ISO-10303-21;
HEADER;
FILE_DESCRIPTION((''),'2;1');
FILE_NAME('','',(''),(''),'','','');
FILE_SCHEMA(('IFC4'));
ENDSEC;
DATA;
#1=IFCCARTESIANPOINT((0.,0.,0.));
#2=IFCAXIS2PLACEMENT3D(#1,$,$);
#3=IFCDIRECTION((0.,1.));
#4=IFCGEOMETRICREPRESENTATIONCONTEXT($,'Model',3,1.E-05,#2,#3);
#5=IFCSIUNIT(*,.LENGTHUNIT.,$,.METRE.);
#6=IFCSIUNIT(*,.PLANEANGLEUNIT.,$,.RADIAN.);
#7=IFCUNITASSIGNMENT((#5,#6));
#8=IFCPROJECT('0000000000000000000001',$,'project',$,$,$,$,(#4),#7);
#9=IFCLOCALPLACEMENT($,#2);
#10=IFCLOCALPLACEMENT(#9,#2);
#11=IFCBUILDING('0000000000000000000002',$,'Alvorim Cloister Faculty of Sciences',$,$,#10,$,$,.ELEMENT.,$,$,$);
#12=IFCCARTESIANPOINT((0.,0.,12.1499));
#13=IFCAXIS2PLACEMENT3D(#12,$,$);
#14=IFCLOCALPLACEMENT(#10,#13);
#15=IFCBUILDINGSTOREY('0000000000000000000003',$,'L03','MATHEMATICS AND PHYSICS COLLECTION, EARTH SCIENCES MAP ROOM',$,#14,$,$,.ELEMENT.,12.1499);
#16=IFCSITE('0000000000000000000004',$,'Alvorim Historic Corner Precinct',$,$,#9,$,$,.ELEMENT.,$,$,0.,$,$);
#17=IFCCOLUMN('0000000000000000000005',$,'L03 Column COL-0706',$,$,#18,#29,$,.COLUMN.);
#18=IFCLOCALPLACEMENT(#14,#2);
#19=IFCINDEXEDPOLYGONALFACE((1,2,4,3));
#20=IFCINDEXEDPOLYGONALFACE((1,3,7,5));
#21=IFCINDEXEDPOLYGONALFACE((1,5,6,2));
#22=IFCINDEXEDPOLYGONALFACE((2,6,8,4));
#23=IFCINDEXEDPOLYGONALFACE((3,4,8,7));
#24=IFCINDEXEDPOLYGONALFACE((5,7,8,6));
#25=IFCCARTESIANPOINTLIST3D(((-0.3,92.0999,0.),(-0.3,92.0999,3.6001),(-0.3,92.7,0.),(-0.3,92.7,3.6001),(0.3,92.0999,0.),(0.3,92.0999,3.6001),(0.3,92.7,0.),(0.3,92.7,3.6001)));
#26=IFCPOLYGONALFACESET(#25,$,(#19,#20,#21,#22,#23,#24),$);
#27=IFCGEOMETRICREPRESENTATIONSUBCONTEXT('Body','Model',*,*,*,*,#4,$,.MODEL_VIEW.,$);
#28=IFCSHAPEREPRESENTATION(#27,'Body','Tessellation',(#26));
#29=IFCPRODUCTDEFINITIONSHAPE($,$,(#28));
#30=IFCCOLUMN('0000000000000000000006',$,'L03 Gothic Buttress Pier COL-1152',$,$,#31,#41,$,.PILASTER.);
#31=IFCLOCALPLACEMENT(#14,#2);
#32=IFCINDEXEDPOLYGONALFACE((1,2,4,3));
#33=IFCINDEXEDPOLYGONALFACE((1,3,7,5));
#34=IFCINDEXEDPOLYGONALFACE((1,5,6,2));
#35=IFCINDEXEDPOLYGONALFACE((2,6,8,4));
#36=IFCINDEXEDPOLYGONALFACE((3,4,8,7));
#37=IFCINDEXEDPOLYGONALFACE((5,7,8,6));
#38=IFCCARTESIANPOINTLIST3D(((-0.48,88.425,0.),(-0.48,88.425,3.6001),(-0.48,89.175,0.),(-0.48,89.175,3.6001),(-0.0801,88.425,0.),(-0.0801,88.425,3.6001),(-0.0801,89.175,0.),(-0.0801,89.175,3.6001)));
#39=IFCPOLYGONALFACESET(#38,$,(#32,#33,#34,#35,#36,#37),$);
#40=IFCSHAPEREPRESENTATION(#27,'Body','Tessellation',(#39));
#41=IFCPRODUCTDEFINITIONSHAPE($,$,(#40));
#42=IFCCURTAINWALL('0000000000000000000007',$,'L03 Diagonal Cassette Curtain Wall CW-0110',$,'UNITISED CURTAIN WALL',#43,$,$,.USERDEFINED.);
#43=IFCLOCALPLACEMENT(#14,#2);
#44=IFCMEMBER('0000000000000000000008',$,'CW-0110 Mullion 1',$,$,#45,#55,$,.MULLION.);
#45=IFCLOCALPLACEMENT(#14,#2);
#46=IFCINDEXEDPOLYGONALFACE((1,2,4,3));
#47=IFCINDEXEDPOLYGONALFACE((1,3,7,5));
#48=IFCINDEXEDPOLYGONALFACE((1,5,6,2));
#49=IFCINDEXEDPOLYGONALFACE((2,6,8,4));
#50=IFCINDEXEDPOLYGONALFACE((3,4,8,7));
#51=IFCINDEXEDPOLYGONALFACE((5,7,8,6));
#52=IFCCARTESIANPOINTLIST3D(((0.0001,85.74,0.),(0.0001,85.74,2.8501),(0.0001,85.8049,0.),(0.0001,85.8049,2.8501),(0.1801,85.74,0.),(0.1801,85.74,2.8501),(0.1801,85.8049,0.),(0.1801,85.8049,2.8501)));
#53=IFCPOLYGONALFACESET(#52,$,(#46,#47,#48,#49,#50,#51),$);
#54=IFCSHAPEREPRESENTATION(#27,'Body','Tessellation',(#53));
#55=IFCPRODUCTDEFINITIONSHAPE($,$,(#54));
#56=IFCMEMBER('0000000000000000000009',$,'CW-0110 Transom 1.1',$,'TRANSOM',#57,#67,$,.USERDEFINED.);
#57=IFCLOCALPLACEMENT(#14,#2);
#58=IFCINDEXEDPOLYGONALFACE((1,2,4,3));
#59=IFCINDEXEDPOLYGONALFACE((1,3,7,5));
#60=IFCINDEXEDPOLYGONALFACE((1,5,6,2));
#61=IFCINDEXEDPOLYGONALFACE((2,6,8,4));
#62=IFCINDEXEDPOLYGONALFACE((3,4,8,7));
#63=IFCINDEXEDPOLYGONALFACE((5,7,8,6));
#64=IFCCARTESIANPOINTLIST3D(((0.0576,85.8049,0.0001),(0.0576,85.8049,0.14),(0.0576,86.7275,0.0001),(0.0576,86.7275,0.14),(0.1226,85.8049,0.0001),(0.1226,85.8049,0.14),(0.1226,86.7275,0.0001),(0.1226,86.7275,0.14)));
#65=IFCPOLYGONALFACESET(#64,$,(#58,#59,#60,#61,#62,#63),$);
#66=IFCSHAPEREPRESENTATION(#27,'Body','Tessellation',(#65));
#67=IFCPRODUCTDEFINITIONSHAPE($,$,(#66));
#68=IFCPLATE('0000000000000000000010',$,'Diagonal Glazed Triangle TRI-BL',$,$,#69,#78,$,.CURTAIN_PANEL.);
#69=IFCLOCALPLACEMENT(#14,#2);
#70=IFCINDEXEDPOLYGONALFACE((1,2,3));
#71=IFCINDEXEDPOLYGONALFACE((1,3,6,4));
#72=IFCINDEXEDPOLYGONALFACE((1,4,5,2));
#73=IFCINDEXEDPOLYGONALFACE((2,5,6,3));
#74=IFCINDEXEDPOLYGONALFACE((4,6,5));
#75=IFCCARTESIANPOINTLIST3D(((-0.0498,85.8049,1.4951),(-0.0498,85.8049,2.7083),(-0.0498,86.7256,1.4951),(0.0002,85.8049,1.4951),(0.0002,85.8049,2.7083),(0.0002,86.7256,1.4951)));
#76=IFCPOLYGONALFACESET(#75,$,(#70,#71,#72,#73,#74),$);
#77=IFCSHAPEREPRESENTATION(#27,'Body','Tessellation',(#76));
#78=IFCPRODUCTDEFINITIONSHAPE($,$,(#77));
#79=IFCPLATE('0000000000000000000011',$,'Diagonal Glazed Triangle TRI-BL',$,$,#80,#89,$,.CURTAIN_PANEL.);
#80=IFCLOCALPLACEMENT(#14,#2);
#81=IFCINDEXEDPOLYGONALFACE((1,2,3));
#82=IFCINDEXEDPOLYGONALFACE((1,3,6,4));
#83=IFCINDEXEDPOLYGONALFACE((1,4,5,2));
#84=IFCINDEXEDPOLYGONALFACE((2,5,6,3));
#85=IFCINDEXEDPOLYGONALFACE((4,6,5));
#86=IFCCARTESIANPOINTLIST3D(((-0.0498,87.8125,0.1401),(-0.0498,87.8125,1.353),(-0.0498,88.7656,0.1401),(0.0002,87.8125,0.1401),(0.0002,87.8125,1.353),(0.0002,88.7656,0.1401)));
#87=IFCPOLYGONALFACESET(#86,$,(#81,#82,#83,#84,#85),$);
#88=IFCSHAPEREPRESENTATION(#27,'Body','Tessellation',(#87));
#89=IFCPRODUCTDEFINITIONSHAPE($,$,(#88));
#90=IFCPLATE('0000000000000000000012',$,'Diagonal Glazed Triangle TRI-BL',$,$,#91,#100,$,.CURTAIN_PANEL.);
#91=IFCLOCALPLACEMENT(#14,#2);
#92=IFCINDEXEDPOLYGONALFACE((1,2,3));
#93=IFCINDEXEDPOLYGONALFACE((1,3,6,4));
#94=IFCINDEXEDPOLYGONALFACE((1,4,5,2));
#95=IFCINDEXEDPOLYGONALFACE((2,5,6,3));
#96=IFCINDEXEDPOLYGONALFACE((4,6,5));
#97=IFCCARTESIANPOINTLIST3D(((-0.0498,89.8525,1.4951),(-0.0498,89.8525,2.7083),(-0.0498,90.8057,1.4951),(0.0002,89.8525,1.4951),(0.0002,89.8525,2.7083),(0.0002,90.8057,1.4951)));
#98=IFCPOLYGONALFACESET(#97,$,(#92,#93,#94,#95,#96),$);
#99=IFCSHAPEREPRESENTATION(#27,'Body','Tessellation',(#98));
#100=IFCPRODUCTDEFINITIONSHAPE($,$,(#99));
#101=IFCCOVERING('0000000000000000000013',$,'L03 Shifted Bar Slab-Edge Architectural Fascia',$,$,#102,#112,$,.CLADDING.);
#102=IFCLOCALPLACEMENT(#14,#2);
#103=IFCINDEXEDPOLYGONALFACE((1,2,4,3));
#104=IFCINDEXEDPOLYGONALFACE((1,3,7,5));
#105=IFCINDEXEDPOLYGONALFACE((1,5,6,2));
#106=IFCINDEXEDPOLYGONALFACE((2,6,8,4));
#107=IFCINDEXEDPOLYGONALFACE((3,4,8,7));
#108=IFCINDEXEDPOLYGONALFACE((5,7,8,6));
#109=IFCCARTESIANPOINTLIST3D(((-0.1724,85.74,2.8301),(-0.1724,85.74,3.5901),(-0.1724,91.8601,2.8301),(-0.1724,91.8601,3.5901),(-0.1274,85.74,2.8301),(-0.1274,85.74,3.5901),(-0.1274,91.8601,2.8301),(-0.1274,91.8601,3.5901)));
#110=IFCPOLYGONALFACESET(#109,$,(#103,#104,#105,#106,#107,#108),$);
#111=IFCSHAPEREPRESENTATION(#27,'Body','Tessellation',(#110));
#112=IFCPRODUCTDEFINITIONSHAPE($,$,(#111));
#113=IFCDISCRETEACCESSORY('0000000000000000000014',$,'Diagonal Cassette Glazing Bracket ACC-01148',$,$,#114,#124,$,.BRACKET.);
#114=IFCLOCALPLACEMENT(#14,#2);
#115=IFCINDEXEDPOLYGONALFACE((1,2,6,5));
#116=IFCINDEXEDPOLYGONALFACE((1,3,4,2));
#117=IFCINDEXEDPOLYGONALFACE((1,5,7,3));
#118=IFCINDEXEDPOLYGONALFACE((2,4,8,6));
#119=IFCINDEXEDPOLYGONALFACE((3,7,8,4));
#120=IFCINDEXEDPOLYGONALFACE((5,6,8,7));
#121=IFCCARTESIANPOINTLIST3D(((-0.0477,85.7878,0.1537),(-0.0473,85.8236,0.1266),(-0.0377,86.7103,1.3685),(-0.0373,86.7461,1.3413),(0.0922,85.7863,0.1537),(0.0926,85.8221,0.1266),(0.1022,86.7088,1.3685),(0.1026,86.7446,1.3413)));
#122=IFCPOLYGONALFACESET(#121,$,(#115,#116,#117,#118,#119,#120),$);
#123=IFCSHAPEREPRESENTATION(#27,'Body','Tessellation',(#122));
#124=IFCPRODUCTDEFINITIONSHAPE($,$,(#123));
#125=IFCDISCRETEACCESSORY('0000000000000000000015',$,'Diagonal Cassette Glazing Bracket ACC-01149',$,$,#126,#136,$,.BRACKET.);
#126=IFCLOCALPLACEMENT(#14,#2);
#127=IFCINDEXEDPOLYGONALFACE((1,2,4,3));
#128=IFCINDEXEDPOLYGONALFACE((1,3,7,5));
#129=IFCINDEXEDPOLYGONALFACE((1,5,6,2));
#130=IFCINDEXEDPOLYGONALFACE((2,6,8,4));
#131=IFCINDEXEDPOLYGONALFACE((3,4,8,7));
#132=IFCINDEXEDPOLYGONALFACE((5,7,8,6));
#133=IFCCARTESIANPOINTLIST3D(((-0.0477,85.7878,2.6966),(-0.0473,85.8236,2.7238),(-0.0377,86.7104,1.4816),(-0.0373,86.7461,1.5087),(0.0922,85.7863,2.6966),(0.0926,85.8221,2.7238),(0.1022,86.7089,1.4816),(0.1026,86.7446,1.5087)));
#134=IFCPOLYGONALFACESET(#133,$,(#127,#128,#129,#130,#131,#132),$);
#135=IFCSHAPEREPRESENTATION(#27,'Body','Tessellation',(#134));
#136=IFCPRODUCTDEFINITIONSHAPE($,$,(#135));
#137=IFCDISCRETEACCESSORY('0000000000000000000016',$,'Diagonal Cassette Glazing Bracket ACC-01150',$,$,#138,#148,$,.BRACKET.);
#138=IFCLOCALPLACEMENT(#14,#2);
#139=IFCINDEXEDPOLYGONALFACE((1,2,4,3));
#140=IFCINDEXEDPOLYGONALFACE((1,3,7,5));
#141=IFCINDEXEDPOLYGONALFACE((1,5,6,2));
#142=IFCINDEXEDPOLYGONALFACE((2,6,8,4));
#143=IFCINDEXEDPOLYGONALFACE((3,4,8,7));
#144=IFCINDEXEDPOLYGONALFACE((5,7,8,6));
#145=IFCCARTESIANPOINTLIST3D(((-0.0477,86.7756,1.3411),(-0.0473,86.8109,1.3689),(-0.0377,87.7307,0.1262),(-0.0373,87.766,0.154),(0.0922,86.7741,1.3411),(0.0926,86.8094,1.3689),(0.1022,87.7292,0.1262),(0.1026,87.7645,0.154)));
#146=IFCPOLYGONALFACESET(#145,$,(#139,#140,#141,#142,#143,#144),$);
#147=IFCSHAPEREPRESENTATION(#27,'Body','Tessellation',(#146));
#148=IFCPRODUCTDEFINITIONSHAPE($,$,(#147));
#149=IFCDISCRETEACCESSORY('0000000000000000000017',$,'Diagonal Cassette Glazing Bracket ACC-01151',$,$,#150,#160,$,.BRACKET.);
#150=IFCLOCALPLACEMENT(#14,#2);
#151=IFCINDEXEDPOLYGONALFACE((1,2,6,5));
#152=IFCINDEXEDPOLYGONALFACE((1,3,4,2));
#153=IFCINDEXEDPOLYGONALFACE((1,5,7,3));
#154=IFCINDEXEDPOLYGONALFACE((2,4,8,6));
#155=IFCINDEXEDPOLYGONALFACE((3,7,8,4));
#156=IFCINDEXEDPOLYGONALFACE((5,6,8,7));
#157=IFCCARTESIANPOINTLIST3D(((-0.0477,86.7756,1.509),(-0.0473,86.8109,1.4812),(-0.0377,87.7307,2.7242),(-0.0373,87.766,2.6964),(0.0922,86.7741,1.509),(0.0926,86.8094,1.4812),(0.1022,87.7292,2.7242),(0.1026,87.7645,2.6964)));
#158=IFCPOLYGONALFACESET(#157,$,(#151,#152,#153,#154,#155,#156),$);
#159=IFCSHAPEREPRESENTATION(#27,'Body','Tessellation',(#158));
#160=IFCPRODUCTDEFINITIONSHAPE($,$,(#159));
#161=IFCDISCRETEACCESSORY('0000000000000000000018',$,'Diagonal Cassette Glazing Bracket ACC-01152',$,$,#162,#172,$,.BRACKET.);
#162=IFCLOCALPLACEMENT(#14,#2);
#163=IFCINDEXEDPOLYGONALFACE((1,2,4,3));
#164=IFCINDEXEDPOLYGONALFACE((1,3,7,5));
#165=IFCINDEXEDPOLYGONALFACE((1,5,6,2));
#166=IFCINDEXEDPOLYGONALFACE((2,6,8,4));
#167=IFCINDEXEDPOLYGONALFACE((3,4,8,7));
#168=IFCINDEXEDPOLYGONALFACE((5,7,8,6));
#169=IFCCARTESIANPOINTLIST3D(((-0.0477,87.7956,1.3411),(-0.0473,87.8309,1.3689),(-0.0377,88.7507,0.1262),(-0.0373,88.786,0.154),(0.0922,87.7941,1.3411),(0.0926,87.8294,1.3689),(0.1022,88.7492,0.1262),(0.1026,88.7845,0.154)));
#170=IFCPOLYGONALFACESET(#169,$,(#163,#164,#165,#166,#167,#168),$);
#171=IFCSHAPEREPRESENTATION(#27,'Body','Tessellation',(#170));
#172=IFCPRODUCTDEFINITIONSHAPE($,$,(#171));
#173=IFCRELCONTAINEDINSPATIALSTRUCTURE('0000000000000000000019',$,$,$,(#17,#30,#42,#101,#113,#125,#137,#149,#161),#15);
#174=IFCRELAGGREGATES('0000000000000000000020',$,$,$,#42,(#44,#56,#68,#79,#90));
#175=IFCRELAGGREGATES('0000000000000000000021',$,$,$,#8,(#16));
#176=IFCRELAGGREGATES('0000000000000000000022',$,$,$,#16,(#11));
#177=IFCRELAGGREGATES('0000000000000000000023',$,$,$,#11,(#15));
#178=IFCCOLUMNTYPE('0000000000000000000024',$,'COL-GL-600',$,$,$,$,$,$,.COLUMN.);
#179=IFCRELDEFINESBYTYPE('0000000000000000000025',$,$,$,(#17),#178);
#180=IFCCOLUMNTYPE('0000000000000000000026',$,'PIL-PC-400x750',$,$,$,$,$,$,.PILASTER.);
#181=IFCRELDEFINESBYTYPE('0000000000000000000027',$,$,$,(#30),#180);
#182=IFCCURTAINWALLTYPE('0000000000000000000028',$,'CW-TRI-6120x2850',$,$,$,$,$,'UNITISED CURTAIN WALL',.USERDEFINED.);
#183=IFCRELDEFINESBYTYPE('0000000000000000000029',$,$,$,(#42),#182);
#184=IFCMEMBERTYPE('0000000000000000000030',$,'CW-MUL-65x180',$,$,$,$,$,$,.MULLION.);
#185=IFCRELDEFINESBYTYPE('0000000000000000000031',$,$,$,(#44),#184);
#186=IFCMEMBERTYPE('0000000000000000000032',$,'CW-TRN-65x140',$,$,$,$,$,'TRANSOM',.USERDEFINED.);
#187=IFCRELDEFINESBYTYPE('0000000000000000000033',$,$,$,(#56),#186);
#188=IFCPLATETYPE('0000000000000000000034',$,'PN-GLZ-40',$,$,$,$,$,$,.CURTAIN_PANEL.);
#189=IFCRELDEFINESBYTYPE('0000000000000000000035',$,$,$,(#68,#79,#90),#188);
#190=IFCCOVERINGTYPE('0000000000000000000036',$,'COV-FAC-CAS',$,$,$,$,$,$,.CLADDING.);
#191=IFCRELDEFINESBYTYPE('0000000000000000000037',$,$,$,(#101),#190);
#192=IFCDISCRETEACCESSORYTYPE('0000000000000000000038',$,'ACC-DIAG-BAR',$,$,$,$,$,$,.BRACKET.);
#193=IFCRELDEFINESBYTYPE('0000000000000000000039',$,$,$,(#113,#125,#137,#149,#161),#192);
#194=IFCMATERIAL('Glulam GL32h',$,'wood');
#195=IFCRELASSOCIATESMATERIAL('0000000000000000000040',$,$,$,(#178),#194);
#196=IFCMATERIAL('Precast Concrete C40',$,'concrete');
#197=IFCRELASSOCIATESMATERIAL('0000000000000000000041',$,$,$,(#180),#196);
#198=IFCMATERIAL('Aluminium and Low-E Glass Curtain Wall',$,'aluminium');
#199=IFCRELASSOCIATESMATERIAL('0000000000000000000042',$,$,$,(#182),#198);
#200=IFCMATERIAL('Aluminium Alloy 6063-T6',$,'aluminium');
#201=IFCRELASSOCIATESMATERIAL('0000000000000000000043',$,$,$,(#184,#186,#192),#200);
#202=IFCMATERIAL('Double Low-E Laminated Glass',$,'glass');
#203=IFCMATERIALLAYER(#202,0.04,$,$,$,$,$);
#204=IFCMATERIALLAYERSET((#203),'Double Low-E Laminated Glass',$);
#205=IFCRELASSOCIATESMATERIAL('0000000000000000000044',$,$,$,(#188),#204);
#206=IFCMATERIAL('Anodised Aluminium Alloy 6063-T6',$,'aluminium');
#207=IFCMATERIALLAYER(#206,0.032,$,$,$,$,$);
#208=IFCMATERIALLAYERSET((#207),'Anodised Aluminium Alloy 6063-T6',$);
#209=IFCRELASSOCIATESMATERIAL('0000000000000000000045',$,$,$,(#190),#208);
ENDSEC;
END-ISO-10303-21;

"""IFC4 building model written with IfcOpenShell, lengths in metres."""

from ifc_helpers import new_model, si_unit, direction, frame, origin, origin_2d, place, context, subcontext, project, spatial, polyline, rectangle, outline, extrude, material, layer, layer_set, material_profile, profile_set, type_object, element, aggregate, save


model = new_model("IFC4")

# Units and contexts
model_context = context("Model", 3, precision=1e-05, world=origin(), true_north=direction((0.0, 1.0)))
body_context = subcontext(model_context, "Body", "Model", "MODEL_VIEW")
ifc_project = project(units=[si_unit("LENGTHUNIT", "METRE"), si_unit("PLANEANGLEUNIT", "RADIAN")], contexts=[model_context])

# Site, building, storey
site_placement = place(None, origin())
site = spatial("IfcSite", under=ifc_project, at=site_placement, Name="Alvorim Historic Corner Precinct", CompositionType="ELEMENT", RefElevation=0.0)
building_placement = place(site_placement, origin())
building = spatial("IfcBuilding", under=site, at=building_placement, Name="Alvorim Cloister Faculty of Sciences", CompositionType="ELEMENT")
storey_placement = place(building_placement, frame((0.0, 0.0, 12.1499)))
storey = spatial("IfcBuildingStorey", under=building, at=storey_placement, Name="L03", Description="MATHEMATICS AND PHYSICS COLLECTION, EARTH SCIENCES MAP ROOM", CompositionType="ELEMENT", Elevation=12.1499)

# Columns
ifc_material_1 = material(Name="Glulam GL32h", Category="wood")
ifc_material_profile_1 = material_profile(ifc_material_1, rectangle(XDim=0.6001, YDim=0.6001, at=origin_2d()), Name="GL32-COL-600x600")
ifc_profile_set_1 = profile_set([ifc_material_profile_1], Name="Glulam GL32h")
column_type_1 = type_object("IfcColumnType", Name="COL-GL-600", PredefinedType="COLUMN", material=ifc_profile_set_1)
column_1_placement = place(storey_placement, frame((0.0, 92.3999, 0.0), z_axis=(0.0, 0.0, 1.0), x_axis=(1.0, 0.0, 0.0)))
element("IfcColumn", 1, at=column_1_placement, inside=storey, type_object=column_type_1, Name="L03 Column COL-0706", PredefinedType="COLUMN", context=body_context, shape_type="SweptSolid", body=[
    extrude(rectangle(XDim=0.6001, YDim=0.6001, at=origin_2d()), origin(), (0.0, 0.0, 1.0), 3.6001),
])
ifc_material_2 = material(Name="Precast Concrete C40", Category="concrete")
ifc_material_profile_2 = material_profile(ifc_material_2, rectangle(XDim=0.3999, YDim=0.75, at=origin_2d()), Name="RC40-PIL-400x750")
ifc_profile_set_2 = profile_set([ifc_material_profile_2], Name="Precast Concrete C40")
column_type_2 = type_object("IfcColumnType", Name="PIL-PC-400x750", PredefinedType="PILASTER", material=ifc_profile_set_2)
column_2_placement = place(storey_placement, frame((-0.28, 88.8, 0.0), z_axis=(0.0, 0.0, 1.0), x_axis=(1.0, 0.0, 0.0)))
element("IfcColumn", 2, at=column_2_placement, inside=storey, type_object=column_type_2, Name="L03 Gothic Buttress Pier COL-1152", PredefinedType="PILASTER", context=body_context, shape_type="SweptSolid", body=[
    extrude(rectangle(XDim=0.3999, YDim=0.75, at=origin_2d()), origin(), (0.0, 0.0, 1.0), 3.6001),
])

# Curtain wall, members, plates
ifc_material_3 = material(Name="Aluminium and Low-E Glass Curtain Wall", Category="aluminium")
curtain_wall_type = type_object("IfcCurtainWallType", Name="CW-TRI-6120x2850", ElementType="UNITISED CURTAIN WALL", PredefinedType="USERDEFINED", material=ifc_material_3)
curtain_wall_placement = place(storey_placement, origin())
curtain_wall = element("IfcCurtainWall", 3, at=curtain_wall_placement, inside=storey, type_object=curtain_wall_type, Name="L03 Diagonal Cassette Curtain Wall CW-0110", ObjectType="UNITISED CURTAIN WALL", PredefinedType="USERDEFINED")
ifc_material_4 = material(Name="Aluminium Alloy 6063-T6", Category="aluminium")
ifc_material_profile_3 = material_profile(ifc_material_4, rectangle(XDim=0.0649, YDim=0.1799, at=origin_2d()), Name="ALU-MUL-65x180")
ifc_profile_set_3 = profile_set([ifc_material_profile_3], Name="Aluminium Alloy 6063-T6")
member_type_1 = type_object("IfcMemberType", Name="CW-MUL-65x180", PredefinedType="MULLION", material=ifc_profile_set_3)
member_1_placement = place(storey_placement, frame((0.0901, 85.7725, 0.0), z_axis=(0.0, 0.0, 1.0), x_axis=(0.0, 1.0, 0.0)))
member_1 = element("IfcMember", 4, at=member_1_placement, type_object=member_type_1, Name="CW-0110 Mullion 1", PredefinedType="MULLION", context=body_context, shape_type="SweptSolid", body=[
    extrude(rectangle(XDim=0.0649, YDim=0.1799, at=origin_2d()), origin(), (0.0, 0.0, 1.0), 2.8501),
])
ifc_material_profile_4 = material_profile(ifc_material_4, rectangle(XDim=0.0649, YDim=0.1399, at=origin_2d()), Name="ALU-TRN-65x140")
ifc_profile_set_4 = profile_set([ifc_material_profile_4], Name="Aluminium Alloy 6063-T6")
member_type_2 = type_object("IfcMemberType", Name="CW-TRN-65x140", ElementType="TRANSOM", PredefinedType="USERDEFINED", material=ifc_profile_set_4)
member_2_placement = place(storey_placement, frame((0.0901, 85.8049, 0.0701), z_axis=(0.0, 1.0, 0.0), x_axis=(-1.0, 0.0, 0.0)))
member_2 = element("IfcMember", 5, at=member_2_placement, type_object=member_type_2, Name="CW-0110 Transom 1.1", ObjectType="TRANSOM", PredefinedType="USERDEFINED", context=body_context, shape_type="SweptSolid", body=[
    extrude(rectangle(XDim=0.0649, YDim=0.1399, at=origin_2d()), origin(), (0.0, 0.0, 1.0), 0.9226),
])
ifc_material_5 = material(Name="Double Low-E Laminated Glass", Category="glass")
ifc_layer_1 = layer(ifc_material_5, 0.04)
ifc_layer_set_1 = layer_set([ifc_layer_1], Name="Double Low-E Laminated Glass")
plate_type = type_object("IfcPlateType", Name="PN-GLZ-40", PredefinedType="CURTAIN_PANEL", material=ifc_layer_set_1)
plate_1_placement = place(storey_placement, frame((-0.0249, 85.8049, 1.4951), z_axis=(0.0, 0.0, 1.0), x_axis=(0.0, 1.0, 0.0)))
plate_1 = element("IfcPlate", 6, at=plate_1_placement, type_object=plate_type, Name="Diagonal Glazed Triangle TRI-BL", PredefinedType="CURTAIN_PANEL", context=body_context, shape_type="SweptSolid", body=[
    extrude(outline(polyline([(0.0, 0.0), (0.9207, 0.0), (0.0, 1.2131), (0.0, 0.0)])), frame((0.0, 0.0249, 0.0), z_axis=(0.0, -1.0, 0.0), x_axis=(1.0, 0.0, 0.0)), (0.0, 0.0, 1.0), 0.05),
])
plate_2_placement = place(storey_placement, frame((-0.0249, 87.8125, 0.1401), z_axis=(0.0, 0.0, 1.0), x_axis=(0.0, 1.0, 0.0)))
plate_2 = element("IfcPlate", 7, at=plate_2_placement, type_object=plate_type, Name="Diagonal Glazed Triangle TRI-BL", PredefinedType="CURTAIN_PANEL", context=body_context, shape_type="SweptSolid", body=[
    extrude(outline(polyline([(0.0, 0.0), (0.9531, 0.0), (0.0, 1.2129), (0.0, 0.0)])), frame((0.0, 0.0249, 0.0), z_axis=(0.0, -1.0, 0.0), x_axis=(1.0, 0.0, 0.0)), (0.0, 0.0, 1.0), 0.05),
])
plate_3_placement = place(storey_placement, frame((-0.0249, 89.8525, 1.4951), z_axis=(0.0, 0.0, 1.0), x_axis=(0.0, 1.0, 0.0)))
plate_3 = element("IfcPlate", 8, at=plate_3_placement, type_object=plate_type, Name="Diagonal Glazed Triangle TRI-BL", PredefinedType="CURTAIN_PANEL", context=body_context, shape_type="SweptSolid", body=[
    extrude(outline(polyline([(0.0, 0.0), (0.9531, 0.0), (0.0, 1.2131), (0.0, 0.0)])), frame((0.0, 0.0249, 0.0), z_axis=(0.0, -1.0, 0.0), x_axis=(1.0, 0.0, 0.0)), (0.0, 0.0, 1.0), 0.05),
])
aggregate(curtain_wall, [member_1, member_2, plate_1, plate_2, plate_3])

# Covering
ifc_material_6 = material(Name="Anodised Aluminium Alloy 6063-T6", Category="aluminium")
ifc_layer_2 = layer(ifc_material_6, 0.032)
ifc_layer_set_2 = layer_set([ifc_layer_2], Name="Anodised Aluminium Alloy 6063-T6")
covering_type = type_object("IfcCoveringType", Name="COV-FAC-CAS", PredefinedType="CLADDING", material=ifc_layer_set_2)
covering_placement = place(storey_placement, frame((-0.1499, 85.74, 2.8301), z_axis=(0.0, 0.0, 1.0), x_axis=(0.0, 1.0, 0.0)))
element("IfcCovering", 9, at=covering_placement, inside=storey, type_object=covering_type, Name="L03 Shifted Bar Slab-Edge Architectural Fascia", PredefinedType="CLADDING", context=body_context, shape_type="SweptSolid", body=[
    extrude(outline(polyline([(0.0, 0.0), (6.1201, 0.0), (6.1201, 0.76), (0.0, 0.76), (0.0, 0.0)])), frame((0.0, 0.0225, 0.0), z_axis=(0.0, -1.0, 0.0), x_axis=(1.0, 0.0, 0.0)), (0.0, 0.0, 1.0), 0.0449),
])

# Discrete accessories
discrete_accessory_type = type_object("IfcDiscreteAccessoryType", Name="ACC-DIAG-BAR", PredefinedType="BRACKET", material=ifc_material_4)
discrete_accessory_1_placement = place(storey_placement, frame((0.0225, 85.8049, 0.1401), z_axis=(0.006562, 0.60479, 0.796358), x_axis=(-0.999941, 0.010849, 0.0)))
element("IfcDiscreteAccessory", 10, at=discrete_accessory_1_placement, inside=storey, type_object=discrete_accessory_type, Name="Diagonal Cassette Glazing Bracket ACC-01148", PredefinedType="BRACKET", context=body_context, shape_type="SweptSolid", body=[
    extrude(rectangle(XDim=0.1399, YDim=0.0449, at=origin_2d()), origin(), (0.0, 0.0, 1.0), 1.5254),
])
discrete_accessory_2_placement = place(storey_placement, frame((0.0225, 85.8049, 2.7102), z_axis=(0.006561, 0.604713, -0.796416), x_axis=(-0.999941, 0.010849, 0.0)))
element("IfcDiscreteAccessory", 11, at=discrete_accessory_2_placement, inside=storey, type_object=discrete_accessory_type, Name="Diagonal Cassette Glazing Bracket ACC-01149", PredefinedType="BRACKET", context=body_context, shape_type="SweptSolid", body=[
    extrude(rectangle(XDim=0.1399, YDim=0.0449, at=origin_2d()), origin(), (0.0, 0.0, 1.0), 1.5256),
])
discrete_accessory_3_placement = place(storey_placement, frame((0.0225, 86.7925, 1.355), z_axis=(0.006477, 0.618032, -0.786126), x_axis=(-0.999945, 0.01048, 0.0)))
element("IfcDiscreteAccessory", 12, at=discrete_accessory_3_placement, inside=storey, type_object=discrete_accessory_type, Name="Diagonal Cassette Glazing Bracket ACC-01150", PredefinedType="BRACKET", context=body_context, shape_type="SweptSolid", body=[
    extrude(rectangle(XDim=0.1399, YDim=0.0449, at=origin_2d()), origin(), (0.0, 0.0, 1.0), 1.5454),
])
discrete_accessory_4_placement = place(storey_placement, frame((0.0225, 86.7925, 1.4951), z_axis=(0.006477, 0.617955, 0.786187), x_axis=(-0.999945, 0.01048, 0.0)))
element("IfcDiscreteAccessory", 13, at=discrete_accessory_4_placement, inside=storey, type_object=discrete_accessory_type, Name="Diagonal Cassette Glazing Bracket ACC-01151", PredefinedType="BRACKET", context=body_context, shape_type="SweptSolid", body=[
    extrude(rectangle(XDim=0.1399, YDim=0.0449, at=origin_2d()), origin(), (0.0, 0.0, 1.0), 1.5457),
])
discrete_accessory_5_placement = place(storey_placement, frame((0.0225, 87.8125, 1.355), z_axis=(0.006477, 0.618032, -0.786126), x_axis=(-0.999945, 0.01048, 0.0)))
element("IfcDiscreteAccessory", 14, at=discrete_accessory_5_placement, inside=storey, type_object=discrete_accessory_type, Name="Diagonal Cassette Glazing Bracket ACC-01152", PredefinedType="BRACKET", context=body_context, shape_type="SweptSolid", body=[
    extrude(rectangle(XDim=0.1399, YDim=0.0449, at=origin_2d()), origin(), (0.0, 0.0, 1.0), 1.5454),
])

save(model, "model.ifc")
